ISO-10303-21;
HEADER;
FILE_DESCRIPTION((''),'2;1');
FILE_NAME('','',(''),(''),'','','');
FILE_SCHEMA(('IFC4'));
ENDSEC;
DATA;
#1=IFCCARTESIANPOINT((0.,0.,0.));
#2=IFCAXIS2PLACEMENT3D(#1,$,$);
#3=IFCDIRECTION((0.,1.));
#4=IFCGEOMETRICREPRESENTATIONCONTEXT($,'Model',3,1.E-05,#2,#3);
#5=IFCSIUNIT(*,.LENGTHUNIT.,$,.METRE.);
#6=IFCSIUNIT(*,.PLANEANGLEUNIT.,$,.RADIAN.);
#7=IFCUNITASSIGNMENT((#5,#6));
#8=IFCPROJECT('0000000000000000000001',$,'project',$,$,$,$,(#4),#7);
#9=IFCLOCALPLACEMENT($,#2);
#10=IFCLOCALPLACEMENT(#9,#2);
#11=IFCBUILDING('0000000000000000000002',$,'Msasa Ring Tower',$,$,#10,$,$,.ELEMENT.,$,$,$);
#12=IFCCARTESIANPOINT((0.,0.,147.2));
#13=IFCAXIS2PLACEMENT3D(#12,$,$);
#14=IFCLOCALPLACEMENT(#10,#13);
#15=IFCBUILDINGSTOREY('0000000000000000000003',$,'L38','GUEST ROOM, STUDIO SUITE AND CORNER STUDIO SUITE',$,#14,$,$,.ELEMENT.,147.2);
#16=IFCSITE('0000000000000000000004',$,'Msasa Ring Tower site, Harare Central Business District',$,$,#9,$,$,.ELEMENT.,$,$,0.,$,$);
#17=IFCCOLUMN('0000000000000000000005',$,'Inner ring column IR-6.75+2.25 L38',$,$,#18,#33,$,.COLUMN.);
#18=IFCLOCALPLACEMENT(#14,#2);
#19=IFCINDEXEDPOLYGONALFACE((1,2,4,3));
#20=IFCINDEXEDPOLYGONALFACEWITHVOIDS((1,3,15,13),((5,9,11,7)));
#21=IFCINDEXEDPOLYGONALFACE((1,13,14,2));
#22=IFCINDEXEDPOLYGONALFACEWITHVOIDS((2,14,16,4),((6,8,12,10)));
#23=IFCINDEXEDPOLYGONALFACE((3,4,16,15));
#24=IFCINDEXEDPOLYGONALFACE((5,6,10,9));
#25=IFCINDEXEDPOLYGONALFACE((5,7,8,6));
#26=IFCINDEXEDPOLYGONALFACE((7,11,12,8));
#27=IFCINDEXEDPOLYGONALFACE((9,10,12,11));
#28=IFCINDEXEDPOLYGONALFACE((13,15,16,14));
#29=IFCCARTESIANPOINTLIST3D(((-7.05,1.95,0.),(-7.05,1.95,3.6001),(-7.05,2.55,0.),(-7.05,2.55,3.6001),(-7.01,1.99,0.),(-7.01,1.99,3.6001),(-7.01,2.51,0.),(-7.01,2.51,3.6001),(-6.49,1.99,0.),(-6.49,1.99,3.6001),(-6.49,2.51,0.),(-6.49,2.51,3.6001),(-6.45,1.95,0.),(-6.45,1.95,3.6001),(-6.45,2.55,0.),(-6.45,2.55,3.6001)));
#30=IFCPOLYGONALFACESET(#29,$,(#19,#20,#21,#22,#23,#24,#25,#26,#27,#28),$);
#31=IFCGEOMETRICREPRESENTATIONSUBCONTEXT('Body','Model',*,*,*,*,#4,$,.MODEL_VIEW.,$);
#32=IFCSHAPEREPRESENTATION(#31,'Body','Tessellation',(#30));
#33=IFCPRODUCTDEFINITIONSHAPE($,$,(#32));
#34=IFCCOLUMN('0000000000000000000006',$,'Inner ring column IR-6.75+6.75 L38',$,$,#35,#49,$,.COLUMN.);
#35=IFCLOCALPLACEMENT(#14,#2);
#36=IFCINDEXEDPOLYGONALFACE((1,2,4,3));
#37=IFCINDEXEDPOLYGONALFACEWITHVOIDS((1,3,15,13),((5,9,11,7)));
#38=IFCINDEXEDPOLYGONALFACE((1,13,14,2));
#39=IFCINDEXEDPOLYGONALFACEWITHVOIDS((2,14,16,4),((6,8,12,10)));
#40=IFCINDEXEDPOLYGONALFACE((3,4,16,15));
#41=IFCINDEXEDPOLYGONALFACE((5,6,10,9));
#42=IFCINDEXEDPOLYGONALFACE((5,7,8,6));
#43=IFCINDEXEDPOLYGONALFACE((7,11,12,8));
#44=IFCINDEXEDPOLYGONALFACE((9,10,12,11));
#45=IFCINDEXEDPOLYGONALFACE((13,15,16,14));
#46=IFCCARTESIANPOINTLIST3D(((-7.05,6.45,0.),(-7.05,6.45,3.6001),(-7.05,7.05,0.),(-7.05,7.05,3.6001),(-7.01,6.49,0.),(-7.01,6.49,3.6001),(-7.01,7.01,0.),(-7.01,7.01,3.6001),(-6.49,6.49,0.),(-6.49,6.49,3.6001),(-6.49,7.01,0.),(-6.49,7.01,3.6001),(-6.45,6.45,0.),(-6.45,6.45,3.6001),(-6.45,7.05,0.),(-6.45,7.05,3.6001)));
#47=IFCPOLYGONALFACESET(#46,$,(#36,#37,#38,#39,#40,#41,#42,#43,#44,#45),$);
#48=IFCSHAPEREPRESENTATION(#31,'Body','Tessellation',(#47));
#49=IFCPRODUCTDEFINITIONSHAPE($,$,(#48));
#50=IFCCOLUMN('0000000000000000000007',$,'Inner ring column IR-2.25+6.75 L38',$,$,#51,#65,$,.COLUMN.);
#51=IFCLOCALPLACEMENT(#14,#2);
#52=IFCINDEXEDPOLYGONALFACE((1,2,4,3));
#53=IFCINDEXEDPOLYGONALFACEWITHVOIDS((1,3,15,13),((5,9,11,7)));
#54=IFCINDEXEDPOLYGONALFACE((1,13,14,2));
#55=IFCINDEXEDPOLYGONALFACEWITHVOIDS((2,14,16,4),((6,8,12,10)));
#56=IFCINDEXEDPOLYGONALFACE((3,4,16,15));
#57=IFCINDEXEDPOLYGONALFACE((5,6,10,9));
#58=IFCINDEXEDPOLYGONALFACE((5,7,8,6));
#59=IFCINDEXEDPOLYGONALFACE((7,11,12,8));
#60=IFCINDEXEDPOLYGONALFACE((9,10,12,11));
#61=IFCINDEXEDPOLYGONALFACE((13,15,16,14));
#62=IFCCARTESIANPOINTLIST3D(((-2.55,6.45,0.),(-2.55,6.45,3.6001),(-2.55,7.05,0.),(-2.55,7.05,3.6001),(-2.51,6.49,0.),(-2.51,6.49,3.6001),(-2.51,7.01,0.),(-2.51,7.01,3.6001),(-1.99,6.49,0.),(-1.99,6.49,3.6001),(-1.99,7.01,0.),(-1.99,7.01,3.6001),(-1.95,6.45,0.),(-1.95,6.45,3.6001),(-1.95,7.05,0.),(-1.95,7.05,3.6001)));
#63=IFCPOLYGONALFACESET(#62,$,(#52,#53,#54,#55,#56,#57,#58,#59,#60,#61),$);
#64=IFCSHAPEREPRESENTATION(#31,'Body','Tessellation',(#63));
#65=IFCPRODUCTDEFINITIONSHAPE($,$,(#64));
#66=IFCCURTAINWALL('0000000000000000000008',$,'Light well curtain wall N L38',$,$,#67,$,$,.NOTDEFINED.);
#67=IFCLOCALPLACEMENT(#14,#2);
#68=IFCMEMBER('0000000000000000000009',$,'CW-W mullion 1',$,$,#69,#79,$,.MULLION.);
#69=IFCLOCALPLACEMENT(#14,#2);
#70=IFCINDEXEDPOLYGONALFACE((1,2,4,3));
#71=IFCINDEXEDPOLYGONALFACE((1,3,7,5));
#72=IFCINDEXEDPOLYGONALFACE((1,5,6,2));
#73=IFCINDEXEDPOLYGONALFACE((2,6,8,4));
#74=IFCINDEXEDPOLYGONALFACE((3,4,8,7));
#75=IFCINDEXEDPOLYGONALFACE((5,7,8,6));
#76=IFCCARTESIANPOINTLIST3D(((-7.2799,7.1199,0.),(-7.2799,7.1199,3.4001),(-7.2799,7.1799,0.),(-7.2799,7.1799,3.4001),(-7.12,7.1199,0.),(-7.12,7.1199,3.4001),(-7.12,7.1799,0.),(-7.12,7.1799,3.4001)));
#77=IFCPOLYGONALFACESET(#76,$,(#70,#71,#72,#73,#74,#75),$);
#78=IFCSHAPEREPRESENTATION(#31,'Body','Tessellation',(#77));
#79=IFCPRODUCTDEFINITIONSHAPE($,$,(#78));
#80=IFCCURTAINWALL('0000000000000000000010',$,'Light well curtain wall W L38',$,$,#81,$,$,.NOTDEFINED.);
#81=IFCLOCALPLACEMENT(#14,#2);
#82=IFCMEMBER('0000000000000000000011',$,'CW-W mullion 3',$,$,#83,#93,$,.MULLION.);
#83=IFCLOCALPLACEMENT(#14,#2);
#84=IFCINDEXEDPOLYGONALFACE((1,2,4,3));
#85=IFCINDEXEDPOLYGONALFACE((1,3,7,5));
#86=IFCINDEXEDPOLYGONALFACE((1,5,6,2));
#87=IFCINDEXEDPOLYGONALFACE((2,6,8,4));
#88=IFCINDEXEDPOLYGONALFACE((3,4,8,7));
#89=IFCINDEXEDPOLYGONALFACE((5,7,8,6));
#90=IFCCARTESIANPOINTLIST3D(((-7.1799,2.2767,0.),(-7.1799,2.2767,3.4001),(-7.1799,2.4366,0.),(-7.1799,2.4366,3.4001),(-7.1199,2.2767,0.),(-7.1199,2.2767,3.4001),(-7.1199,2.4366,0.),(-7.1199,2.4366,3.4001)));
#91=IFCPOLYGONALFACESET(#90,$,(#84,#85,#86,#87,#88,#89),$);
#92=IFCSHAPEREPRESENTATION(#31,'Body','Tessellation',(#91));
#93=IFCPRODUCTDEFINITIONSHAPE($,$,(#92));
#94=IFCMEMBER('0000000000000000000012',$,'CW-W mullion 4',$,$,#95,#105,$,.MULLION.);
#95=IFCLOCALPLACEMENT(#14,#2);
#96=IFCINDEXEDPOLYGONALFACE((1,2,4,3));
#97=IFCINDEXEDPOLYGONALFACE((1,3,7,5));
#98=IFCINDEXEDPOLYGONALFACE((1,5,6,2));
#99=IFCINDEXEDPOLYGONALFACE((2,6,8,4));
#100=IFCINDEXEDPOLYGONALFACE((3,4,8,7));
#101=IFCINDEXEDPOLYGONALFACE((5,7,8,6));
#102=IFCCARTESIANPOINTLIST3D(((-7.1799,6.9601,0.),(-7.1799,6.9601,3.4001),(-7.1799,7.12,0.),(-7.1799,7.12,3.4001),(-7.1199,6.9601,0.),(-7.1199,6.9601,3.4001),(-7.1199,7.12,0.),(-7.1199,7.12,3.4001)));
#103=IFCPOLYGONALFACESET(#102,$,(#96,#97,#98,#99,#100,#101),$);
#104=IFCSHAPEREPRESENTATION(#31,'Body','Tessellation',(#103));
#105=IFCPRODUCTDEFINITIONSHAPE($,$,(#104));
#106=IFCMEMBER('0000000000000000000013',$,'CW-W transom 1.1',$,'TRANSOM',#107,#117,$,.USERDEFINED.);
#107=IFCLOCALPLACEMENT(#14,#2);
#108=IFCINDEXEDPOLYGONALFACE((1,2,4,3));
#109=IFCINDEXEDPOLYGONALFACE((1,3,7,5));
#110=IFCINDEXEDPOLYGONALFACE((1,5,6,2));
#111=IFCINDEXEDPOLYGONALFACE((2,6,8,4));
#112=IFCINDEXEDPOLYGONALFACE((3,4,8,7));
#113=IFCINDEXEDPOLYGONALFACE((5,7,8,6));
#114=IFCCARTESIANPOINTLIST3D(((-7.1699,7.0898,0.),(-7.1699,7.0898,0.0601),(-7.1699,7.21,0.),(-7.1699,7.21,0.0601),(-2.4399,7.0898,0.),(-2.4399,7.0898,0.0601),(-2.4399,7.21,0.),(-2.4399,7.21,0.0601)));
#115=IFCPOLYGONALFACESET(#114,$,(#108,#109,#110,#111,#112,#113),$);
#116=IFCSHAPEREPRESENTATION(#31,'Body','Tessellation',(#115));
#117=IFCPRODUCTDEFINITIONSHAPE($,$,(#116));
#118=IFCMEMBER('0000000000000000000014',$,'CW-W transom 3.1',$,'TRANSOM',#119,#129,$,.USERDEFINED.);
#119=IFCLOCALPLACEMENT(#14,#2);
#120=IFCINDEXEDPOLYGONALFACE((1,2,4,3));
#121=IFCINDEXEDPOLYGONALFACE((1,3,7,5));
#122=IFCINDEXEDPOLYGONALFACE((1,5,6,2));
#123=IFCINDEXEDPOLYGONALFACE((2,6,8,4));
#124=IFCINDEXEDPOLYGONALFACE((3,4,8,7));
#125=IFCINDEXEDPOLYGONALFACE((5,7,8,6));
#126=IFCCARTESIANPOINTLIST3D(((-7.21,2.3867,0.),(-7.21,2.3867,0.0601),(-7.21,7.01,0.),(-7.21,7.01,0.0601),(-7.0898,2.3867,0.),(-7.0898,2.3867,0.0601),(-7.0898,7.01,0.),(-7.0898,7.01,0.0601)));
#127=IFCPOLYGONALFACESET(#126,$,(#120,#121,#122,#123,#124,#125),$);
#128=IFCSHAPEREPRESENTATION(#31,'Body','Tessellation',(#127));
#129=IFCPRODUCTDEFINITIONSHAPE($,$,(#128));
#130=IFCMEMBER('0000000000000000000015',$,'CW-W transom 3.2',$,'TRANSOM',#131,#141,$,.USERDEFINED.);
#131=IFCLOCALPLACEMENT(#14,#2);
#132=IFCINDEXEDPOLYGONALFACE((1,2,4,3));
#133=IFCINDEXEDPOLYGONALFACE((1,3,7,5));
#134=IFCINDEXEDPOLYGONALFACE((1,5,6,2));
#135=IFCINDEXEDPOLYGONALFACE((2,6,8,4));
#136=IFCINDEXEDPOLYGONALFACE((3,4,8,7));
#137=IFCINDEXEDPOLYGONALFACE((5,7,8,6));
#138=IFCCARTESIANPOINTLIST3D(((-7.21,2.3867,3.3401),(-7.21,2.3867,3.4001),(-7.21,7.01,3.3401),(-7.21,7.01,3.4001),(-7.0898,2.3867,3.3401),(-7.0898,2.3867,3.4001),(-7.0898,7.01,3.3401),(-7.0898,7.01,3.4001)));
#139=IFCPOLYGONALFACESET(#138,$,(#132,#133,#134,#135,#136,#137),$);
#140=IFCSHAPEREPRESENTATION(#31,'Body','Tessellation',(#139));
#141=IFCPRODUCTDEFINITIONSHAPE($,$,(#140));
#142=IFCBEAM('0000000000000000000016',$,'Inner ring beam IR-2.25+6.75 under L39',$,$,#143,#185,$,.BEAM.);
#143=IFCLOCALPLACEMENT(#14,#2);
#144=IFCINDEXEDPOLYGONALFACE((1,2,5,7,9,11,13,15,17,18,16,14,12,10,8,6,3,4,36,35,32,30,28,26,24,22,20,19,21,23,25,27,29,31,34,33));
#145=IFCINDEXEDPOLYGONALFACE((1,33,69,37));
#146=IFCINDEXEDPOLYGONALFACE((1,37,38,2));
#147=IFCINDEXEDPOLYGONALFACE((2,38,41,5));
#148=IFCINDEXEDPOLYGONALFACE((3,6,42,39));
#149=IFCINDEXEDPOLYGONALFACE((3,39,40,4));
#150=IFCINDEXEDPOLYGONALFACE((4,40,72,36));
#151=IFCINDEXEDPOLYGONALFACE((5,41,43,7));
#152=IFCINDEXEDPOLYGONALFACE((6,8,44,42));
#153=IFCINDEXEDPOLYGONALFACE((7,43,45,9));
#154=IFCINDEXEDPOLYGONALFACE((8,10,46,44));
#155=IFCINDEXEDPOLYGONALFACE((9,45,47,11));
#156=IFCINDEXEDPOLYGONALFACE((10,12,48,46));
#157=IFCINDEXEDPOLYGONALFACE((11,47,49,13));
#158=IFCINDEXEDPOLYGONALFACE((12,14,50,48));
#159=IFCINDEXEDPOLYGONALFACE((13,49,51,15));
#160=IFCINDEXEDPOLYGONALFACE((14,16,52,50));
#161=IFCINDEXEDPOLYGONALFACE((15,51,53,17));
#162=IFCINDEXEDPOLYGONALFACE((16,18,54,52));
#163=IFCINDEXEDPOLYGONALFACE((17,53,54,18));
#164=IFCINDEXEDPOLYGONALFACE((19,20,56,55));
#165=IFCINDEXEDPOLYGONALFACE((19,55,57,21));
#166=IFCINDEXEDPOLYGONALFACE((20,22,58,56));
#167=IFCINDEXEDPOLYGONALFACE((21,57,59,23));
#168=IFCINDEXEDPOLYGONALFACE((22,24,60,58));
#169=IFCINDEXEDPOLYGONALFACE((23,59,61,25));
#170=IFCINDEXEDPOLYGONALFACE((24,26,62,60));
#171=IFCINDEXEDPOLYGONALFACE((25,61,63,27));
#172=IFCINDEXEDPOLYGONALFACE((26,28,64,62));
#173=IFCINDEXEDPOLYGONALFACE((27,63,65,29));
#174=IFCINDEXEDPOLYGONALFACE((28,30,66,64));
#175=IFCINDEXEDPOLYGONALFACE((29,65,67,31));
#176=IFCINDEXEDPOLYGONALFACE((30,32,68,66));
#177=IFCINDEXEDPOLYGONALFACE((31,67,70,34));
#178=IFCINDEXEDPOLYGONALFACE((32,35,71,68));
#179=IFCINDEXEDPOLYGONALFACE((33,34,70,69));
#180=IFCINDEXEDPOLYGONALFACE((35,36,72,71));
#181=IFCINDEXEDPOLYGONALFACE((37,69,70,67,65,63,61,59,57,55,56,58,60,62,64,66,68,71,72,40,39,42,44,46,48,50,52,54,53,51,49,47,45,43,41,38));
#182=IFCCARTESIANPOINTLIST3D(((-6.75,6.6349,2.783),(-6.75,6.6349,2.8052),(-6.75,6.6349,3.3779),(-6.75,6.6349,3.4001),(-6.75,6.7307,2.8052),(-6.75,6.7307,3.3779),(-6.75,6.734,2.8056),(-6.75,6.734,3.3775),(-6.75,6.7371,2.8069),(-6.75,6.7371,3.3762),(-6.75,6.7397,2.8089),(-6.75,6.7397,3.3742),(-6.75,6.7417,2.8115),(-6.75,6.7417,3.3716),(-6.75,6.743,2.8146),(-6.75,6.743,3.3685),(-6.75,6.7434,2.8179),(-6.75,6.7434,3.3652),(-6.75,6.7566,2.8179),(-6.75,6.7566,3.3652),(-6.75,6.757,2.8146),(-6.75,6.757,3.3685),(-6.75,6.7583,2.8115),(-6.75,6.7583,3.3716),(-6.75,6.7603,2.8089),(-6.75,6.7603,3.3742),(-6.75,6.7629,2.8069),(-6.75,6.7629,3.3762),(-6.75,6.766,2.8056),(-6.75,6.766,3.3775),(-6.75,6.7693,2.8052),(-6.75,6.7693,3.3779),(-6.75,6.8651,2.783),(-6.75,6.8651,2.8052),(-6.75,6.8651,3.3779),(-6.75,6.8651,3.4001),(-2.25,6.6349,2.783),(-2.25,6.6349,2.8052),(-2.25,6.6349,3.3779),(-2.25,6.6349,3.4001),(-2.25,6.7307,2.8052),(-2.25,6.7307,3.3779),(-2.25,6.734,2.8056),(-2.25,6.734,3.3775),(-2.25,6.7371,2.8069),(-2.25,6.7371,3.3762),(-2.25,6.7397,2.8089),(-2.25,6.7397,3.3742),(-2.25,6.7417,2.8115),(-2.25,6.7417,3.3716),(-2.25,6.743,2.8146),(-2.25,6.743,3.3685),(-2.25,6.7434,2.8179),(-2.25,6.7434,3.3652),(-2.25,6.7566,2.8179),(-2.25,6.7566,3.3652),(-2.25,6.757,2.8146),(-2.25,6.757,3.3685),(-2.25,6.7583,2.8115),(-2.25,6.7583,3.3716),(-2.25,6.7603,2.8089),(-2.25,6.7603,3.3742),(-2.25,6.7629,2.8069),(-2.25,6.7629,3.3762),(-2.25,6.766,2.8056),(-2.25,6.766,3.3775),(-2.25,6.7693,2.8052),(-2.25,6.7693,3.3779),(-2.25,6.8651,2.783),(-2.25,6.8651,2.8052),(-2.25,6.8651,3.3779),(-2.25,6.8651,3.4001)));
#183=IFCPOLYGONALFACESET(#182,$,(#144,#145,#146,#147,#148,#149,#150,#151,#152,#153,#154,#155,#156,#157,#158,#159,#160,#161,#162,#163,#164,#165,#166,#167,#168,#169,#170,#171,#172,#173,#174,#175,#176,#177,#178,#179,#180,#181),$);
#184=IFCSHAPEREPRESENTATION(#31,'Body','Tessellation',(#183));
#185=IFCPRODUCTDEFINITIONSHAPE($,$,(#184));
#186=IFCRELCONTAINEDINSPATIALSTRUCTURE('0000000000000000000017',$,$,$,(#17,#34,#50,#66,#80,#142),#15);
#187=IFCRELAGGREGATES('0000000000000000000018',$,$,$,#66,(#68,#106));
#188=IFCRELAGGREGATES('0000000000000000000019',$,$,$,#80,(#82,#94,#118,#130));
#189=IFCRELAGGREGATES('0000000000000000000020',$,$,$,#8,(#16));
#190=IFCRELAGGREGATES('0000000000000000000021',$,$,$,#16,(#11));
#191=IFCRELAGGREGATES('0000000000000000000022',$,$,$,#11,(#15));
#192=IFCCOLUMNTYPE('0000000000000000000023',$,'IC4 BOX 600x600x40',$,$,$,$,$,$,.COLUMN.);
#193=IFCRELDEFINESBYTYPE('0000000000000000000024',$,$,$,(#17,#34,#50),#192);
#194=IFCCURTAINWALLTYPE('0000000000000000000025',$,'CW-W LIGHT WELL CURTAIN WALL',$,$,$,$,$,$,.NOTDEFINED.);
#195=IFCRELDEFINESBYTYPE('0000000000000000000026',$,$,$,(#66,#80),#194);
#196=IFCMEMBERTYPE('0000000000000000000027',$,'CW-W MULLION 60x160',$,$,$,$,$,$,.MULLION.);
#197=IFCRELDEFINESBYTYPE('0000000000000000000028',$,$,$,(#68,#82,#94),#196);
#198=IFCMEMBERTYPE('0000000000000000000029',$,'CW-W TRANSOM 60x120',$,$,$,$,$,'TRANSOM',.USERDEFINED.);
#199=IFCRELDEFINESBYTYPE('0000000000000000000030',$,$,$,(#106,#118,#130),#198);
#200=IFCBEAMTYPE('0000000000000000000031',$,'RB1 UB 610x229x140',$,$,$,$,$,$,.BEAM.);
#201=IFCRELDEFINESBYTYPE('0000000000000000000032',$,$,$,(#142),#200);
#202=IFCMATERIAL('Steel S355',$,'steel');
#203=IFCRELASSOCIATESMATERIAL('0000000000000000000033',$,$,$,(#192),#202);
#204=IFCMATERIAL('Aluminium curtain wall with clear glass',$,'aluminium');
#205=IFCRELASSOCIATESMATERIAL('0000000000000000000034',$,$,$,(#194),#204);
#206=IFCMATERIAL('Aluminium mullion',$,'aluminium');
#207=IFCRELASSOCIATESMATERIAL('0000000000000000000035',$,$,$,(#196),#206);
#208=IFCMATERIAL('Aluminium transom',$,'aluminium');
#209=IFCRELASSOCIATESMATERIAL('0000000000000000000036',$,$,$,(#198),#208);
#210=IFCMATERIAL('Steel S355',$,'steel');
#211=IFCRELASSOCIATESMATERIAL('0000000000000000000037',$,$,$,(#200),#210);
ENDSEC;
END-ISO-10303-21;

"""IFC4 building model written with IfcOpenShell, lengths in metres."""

from ifc_helpers import new_model, si_unit, direction, frame, origin, origin_2d, place, context, subcontext, project, spatial, rectangle, hollow_rectangle, i_section, extrude, material, material_profile, profile_set, type_object, element, aggregate, save


model = new_model("IFC4")

# Units and contexts
model_context = context("Model", 3, precision=1e-05, world=origin(), true_north=direction((0.0, 1.0)))
body_context = subcontext(model_context, "Body", "Model", "MODEL_VIEW")
ifc_project = project(units=[si_unit("LENGTHUNIT", "METRE"), si_unit("PLANEANGLEUNIT", "RADIAN")], contexts=[model_context])

# Site, building, storey
site_placement = place(None, origin())
site = spatial("IfcSite", under=ifc_project, at=site_placement, Name="Msasa Ring Tower site, Harare Central Business District", CompositionType="ELEMENT", RefElevation=0.0)
building_placement = place(site_placement, origin())
building = spatial("IfcBuilding", under=site, at=building_placement, Name="Msasa Ring Tower", CompositionType="ELEMENT")
storey_placement = place(building_placement, frame((0.0, 0.0, 147.2)))
storey = spatial("IfcBuildingStorey", under=building, at=storey_placement, Name="L38", Description="GUEST ROOM, STUDIO SUITE AND CORNER STUDIO SUITE", CompositionType="ELEMENT", Elevation=147.2)

# Columns
ifc_material_1 = material(Name="Steel S355", Category="steel")
ifc_material_profile_1 = material_profile(ifc_material_1, hollow_rectangle(XDim=0.6001, YDim=0.6001, WallThickness=0.04, at=origin_2d()), Name="BOX 600x600x40")
ifc_profile_set_1 = profile_set([ifc_material_profile_1], Name="Steel S355")
column_type = type_object("IfcColumnType", Name="IC4 BOX 600x600x40", PredefinedType="COLUMN", material=ifc_profile_set_1)
for number, where, z_axis, x_axis, name in (
    (1, (-6.75, 2.25, 0.0), (0.0, 0.0, 1.0), (1.0, 0.0, 0.0), "Inner ring column IR-6.75+2.25 L38"),
    (2, (-6.75, 6.75, 0.0), (0.0, 0.0, 1.0), (1.0, 0.0, 0.0), "Inner ring column IR-6.75+6.75 L38"),
    (3, (-2.25, 6.75, 0.0), (0.0, 0.0, 1.0), (1.0, 0.0, 0.0), "Inner ring column IR-2.25+6.75 L38"),
):
    element("IfcColumn", number, at=place(storey_placement, frame(where, z_axis=z_axis, x_axis=x_axis)), inside=storey, type_object=column_type, Name=name, PredefinedType="COLUMN", context=body_context, shape_type="SweptSolid", body=[
        extrude(hollow_rectangle(XDim=0.6001, YDim=0.6001, WallThickness=0.04, at=origin_2d()), origin(), (0.0, 0.0, 1.0), 3.6001),
    ])

# Curtain wall, member
ifc_material_2 = material(Name="Aluminium curtain wall with clear glass", Category="aluminium")
curtain_wall_type = type_object("IfcCurtainWallType", Name="CW-W LIGHT WELL CURTAIN WALL", PredefinedType="NOTDEFINED", material=ifc_material_2)
curtain_wall_1_placement = place(storey_placement, origin())
curtain_wall_1 = element("IfcCurtainWall", 4, at=curtain_wall_1_placement, inside=storey, type_object=curtain_wall_type, Name="Light well curtain wall N L38", PredefinedType="NOTDEFINED")
ifc_material_3 = material(Name="Aluminium mullion", Category="aluminium")
ifc_material_profile_2 = material_profile(ifc_material_3, rectangle(XDim=0.0601, YDim=0.1599, at=origin_2d()), Name="AL 60x160")
ifc_profile_set_2 = profile_set([ifc_material_profile_2], Name="Aluminium mullion")
member_type_1 = type_object("IfcMemberType", Name="CW-W MULLION 60x160", PredefinedType="MULLION", material=ifc_profile_set_2)
member_1_placement = place(storey_placement, frame((-7.2, 7.1499, 0.0), z_axis=(0.0, 0.0, 1.0), x_axis=(0.0, 1.0, 0.0)))
member_1 = element("IfcMember", 5, at=member_1_placement, type_object=member_type_1, Name="CW-W mullion 1", PredefinedType="MULLION", context=body_context, shape_type="SweptSolid", body=[
    extrude(rectangle(XDim=0.0601, YDim=0.1599, at=origin_2d()), origin(), (0.0, 0.0, 1.0), 3.4001),
])

# Curtain wall, members
curtain_wall_2_placement = place(storey_placement, origin())
curtain_wall_2 = element("IfcCurtainWall", 6, at=curtain_wall_2_placement, inside=storey, type_object=curtain_wall_type, Name="Light well curtain wall W L38", PredefinedType="NOTDEFINED")
member_2_placement = place(storey_placement, frame((-7.1499, 2.3567, 0.0), z_axis=(0.0, 0.0, 1.0), x_axis=(-1.0, 0.0, 0.0)))
member_2 = element("IfcMember", 7, at=member_2_placement, type_object=member_type_1, Name="CW-W mullion 3", PredefinedType="MULLION", context=body_context, shape_type="SweptSolid", body=[
    extrude(rectangle(XDim=0.0601, YDim=0.1599, at=origin_2d()), origin(), (0.0, 0.0, 1.0), 3.4001),
])
member_3_placement = place(storey_placement, frame((-7.1499, 7.04, 0.0), z_axis=(0.0, 0.0, 1.0), x_axis=(-1.0, 0.0, 0.0)))
member_3 = element("IfcMember", 8, at=member_3_placement, type_object=member_type_1, Name="CW-W mullion 4", PredefinedType="MULLION", context=body_context, shape_type="SweptSolid", body=[
    extrude(rectangle(XDim=0.0601, YDim=0.1599, at=origin_2d()), origin(), (0.0, 0.0, 1.0), 3.4001),
])

# Members
ifc_material_4 = material(Name="Aluminium transom", Category="aluminium")
ifc_material_profile_3 = material_profile(ifc_material_4, rectangle(XDim=0.1201, YDim=0.0601, at=origin_2d()), Name="AL 60x120")
ifc_profile_set_3 = profile_set([ifc_material_profile_3], Name="Aluminium transom")
member_type_2 = type_object("IfcMemberType", Name="CW-W TRANSOM 60x120", ElementType="TRANSOM", PredefinedType="USERDEFINED", material=ifc_profile_set_3)
member_4_placement = place(storey_placement, frame((-7.1699, 7.1499, 0.03), z_axis=(1.0, 0.0, 0.0), x_axis=(0.0, 1.0, 0.0)))
member_4 = element("IfcMember", 9, at=member_4_placement, type_object=member_type_2, Name="CW-W transom 1.1", ObjectType="TRANSOM", PredefinedType="USERDEFINED", context=body_context, shape_type="SweptSolid", body=[
    extrude(rectangle(XDim=0.1201, YDim=0.0601, at=origin_2d()), origin(), (0.0, 0.0, 1.0), 4.73),
])
aggregate(curtain_wall_1, [member_1, member_4])
member_5_placement = place(storey_placement, frame((-7.1499, 2.3867, 0.03), z_axis=(0.0, 1.0, 0.0), x_axis=(-1.0, 0.0, 0.0)))
member_5 = element("IfcMember", 10, at=member_5_placement, type_object=member_type_2, Name="CW-W transom 3.1", ObjectType="TRANSOM", PredefinedType="USERDEFINED", context=body_context, shape_type="SweptSolid", body=[
    extrude(rectangle(XDim=0.1201, YDim=0.0601, at=origin_2d()), origin(), (0.0, 0.0, 1.0), 4.6233),
])
member_6_placement = place(storey_placement, frame((-7.1499, 2.3867, 3.3701), z_axis=(0.0, 1.0, 0.0), x_axis=(-1.0, 0.0, 0.0)))
member_6 = element("IfcMember", 11, at=member_6_placement, type_object=member_type_2, Name="CW-W transom 3.2", ObjectType="TRANSOM", PredefinedType="USERDEFINED", context=body_context, shape_type="SweptSolid", body=[
    extrude(rectangle(XDim=0.1201, YDim=0.0601, at=origin_2d()), origin(), (0.0, 0.0, 1.0), 4.6233),
])

# Beam
ifc_material_5 = material(Name="Steel S355", Category="steel")
ifc_material_profile_4 = material_profile(ifc_material_5, i_section(OverallWidth=0.2302, OverallDepth=0.6172, WebThickness=0.0132, FlangeThickness=0.0222, FilletRadius=0.0127, at=origin_2d()), Name="UB 610x229x140")
ifc_profile_set_4 = profile_set([ifc_material_profile_4], Name="Steel S355")
beam_type = type_object("IfcBeamType", Name="RB1 UB 610x229x140", PredefinedType="BEAM", material=ifc_profile_set_4)
for number, where, z_axis, x_axis, name in (
    (12, (-2.25, 6.75, 3.0916), (-1.0, 0.0, 0.0), (0.0, -1.0, 0.0), "Inner ring beam IR-2.25+6.75 under L39"),
):
    element("IfcBeam", number, at=place(storey_placement, frame(where, z_axis=z_axis, x_axis=x_axis)), inside=storey, type_object=beam_type, Name=name, PredefinedType="BEAM", context=body_context, shape_type="SweptSolid", body=[
        extrude(i_section(OverallWidth=0.2302, OverallDepth=0.6172, WebThickness=0.0132, FlangeThickness=0.0222, FilletRadius=0.0127, at=origin_2d()), origin(), (0.0, 0.0, 1.0), 4.5),
    ])

aggregate(curtain_wall_2, [member_2, member_3, member_5, member_6])

save(model, "model.ifc")
